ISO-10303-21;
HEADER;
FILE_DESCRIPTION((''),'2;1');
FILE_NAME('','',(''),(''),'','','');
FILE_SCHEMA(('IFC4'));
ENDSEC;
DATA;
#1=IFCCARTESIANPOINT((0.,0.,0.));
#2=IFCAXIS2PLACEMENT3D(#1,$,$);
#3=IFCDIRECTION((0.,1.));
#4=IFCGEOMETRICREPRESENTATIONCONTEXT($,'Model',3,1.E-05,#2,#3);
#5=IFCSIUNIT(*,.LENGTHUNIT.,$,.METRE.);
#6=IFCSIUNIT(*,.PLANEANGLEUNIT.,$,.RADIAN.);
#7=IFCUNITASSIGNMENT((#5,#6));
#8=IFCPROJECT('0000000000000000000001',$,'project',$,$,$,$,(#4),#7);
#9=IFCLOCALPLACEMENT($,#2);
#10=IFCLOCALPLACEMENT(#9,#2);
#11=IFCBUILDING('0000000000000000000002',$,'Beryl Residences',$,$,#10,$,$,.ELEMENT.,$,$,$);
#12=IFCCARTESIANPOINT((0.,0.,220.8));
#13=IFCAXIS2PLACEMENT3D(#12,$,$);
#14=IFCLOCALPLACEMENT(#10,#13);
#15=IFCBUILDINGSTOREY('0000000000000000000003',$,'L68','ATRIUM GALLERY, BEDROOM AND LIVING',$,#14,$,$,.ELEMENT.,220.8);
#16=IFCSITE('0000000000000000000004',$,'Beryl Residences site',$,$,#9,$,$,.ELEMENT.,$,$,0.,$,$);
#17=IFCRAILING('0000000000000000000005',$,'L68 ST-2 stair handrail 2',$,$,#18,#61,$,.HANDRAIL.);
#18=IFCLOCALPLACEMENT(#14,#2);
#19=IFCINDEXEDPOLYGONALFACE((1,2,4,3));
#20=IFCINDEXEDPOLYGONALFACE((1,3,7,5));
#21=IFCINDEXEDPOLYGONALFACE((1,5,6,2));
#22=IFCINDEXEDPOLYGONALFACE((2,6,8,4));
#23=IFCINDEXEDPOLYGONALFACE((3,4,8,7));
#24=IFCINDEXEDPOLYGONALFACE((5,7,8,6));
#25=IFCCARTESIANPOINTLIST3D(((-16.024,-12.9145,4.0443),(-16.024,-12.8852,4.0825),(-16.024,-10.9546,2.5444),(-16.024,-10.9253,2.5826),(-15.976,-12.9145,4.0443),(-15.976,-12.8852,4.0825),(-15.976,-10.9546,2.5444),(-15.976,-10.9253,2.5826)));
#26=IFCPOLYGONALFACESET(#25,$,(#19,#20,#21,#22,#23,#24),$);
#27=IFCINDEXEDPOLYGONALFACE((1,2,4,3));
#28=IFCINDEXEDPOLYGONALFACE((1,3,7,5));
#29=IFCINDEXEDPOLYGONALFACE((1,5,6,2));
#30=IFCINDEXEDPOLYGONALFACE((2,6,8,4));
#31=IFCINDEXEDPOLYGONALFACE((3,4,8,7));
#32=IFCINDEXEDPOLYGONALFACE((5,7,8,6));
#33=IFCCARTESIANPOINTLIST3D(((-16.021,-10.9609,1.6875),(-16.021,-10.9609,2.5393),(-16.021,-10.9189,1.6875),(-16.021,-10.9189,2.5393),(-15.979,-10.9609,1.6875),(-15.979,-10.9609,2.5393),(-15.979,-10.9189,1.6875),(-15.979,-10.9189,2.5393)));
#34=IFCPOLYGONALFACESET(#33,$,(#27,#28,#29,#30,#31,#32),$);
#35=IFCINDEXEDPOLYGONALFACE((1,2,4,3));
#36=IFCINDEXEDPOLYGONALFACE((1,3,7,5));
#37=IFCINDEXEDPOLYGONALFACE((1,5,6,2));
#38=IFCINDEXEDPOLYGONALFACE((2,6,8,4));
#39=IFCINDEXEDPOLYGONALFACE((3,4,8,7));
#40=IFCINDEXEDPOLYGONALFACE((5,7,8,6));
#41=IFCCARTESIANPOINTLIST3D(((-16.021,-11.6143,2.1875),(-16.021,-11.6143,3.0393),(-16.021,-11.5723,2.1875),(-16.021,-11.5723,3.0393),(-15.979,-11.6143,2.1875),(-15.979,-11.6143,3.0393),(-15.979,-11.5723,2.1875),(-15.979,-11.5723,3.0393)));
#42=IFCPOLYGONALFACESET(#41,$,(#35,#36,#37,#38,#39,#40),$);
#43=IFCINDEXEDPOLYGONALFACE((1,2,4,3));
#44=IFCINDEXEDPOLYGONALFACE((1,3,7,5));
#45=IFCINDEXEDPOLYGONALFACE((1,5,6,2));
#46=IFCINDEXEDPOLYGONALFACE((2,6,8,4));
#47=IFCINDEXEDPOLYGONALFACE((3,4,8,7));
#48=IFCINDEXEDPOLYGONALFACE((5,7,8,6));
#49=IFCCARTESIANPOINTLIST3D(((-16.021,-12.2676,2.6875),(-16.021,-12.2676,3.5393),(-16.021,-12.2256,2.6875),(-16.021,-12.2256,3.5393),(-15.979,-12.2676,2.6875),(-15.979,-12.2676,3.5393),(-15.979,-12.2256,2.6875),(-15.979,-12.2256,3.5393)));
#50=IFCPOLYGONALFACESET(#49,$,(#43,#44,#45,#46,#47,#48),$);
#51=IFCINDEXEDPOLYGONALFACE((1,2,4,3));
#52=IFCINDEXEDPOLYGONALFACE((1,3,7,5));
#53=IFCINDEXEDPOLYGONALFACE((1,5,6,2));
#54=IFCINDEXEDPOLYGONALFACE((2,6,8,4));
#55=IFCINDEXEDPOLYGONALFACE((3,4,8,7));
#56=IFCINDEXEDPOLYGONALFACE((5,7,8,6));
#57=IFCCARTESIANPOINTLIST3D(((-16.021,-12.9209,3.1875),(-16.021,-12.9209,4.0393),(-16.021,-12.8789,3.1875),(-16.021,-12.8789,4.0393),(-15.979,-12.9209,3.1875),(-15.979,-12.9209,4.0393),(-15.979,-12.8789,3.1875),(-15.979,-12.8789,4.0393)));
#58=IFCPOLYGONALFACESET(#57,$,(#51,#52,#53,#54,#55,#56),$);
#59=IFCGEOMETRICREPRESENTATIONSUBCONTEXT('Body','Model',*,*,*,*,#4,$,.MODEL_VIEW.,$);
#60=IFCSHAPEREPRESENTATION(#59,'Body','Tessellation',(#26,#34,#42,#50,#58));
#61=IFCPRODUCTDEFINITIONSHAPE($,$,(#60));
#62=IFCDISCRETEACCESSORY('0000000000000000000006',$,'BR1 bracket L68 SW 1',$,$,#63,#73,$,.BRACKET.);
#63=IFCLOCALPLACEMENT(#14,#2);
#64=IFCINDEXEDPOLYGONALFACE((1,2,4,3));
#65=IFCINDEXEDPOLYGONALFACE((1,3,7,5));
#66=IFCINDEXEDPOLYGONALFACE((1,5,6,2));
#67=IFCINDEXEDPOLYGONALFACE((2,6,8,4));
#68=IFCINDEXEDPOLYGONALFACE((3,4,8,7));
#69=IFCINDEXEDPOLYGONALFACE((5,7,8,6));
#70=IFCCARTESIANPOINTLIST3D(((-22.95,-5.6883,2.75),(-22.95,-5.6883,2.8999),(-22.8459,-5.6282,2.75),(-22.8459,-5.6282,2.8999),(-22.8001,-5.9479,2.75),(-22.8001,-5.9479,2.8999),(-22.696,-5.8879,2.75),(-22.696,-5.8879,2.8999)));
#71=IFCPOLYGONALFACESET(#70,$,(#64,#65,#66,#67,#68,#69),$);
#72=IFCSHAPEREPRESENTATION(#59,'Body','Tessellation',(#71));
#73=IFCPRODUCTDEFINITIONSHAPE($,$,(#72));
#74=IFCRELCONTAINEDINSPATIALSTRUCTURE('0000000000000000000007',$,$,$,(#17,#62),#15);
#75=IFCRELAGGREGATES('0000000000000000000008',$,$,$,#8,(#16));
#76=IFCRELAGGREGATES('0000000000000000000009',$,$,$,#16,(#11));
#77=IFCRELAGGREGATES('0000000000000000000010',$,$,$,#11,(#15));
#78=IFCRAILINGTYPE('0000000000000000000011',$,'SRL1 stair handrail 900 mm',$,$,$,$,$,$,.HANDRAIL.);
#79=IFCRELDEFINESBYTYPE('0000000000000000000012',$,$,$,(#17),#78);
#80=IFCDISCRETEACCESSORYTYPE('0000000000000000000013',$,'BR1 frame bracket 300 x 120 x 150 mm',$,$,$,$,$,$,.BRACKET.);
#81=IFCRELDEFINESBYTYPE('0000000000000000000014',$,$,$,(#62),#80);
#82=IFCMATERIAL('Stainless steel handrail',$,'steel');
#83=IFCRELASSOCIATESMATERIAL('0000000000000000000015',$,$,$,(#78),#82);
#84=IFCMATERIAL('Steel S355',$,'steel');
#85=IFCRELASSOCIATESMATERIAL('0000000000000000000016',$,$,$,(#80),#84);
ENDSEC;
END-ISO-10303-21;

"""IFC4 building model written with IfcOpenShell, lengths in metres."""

from ifc_helpers import new_model, si_unit, direction, frame, origin, origin_2d, place, context, subcontext, project, spatial, polyline, rectangle, outline, extrude, source, transform, mapped, material, type_object, type_shapes, element, save


model = new_model("IFC4")

# Units and contexts
model_context = context("Model", 3, precision=1e-05, world=origin(), true_north=direction((0.0, 1.0)))
body_context = subcontext(model_context, "Body", "Model", "MODEL_VIEW")
ifc_project = project(units=[si_unit("LENGTHUNIT", "METRE"), si_unit("PLANEANGLEUNIT", "RADIAN")], contexts=[model_context])

# Site, building, storey
site_placement = place(None, origin())
site = spatial("IfcSite", under=ifc_project, at=site_placement, Name="Beryl Residences site", CompositionType="ELEMENT", RefElevation=0.0)
building_placement = place(site_placement, origin())
building = spatial("IfcBuilding", under=site, at=building_placement, Name="Beryl Residences", CompositionType="ELEMENT")
storey_placement = place(building_placement, frame((0.0, 0.0, 220.8)))
storey = spatial("IfcBuildingStorey", under=building, at=storey_placement, Name="L68", Description="ATRIUM GALLERY, BEDROOM AND LIVING", CompositionType="ELEMENT", Elevation=220.8)

# Railing
ifc_material_1 = material(Name="Stainless steel handrail", Category="steel")
railing_type_1 = type_object("IfcRailingType", Name="SRL1 stair handrail 900 mm", PredefinedType="HANDRAIL", material=ifc_material_1)
railing_1_placement = place(storey_placement, frame((-16.0, -10.9399, 1.6875)))
element("IfcRailing", 1, at=railing_1_placement, inside=storey, type_object=railing_type_1, Name="L68 ST-2 stair handrail 2", PredefinedType="HANDRAIL", context=body_context, shape_type="SweptSolid", body=[
    extrude(rectangle(XDim=0.0481, YDim=0.0481, at=origin_2d()), frame((0.0, 0.0, 0.876), z_axis=(0.0, -0.794122, 0.607758), x_axis=(1.0, 0.0, 0.0)), (0.0, 0.0, 1.0), 2.468),
    extrude(rectangle(XDim=0.042, YDim=0.042, at=origin_2d()), origin(), (0.0, 0.0, 1.0), 0.8518),
    extrude(rectangle(XDim=0.042, YDim=0.042, at=origin_2d()), frame((0.0, -0.6533, 0.5)), (0.0, 0.0, 1.0), 0.8518),
    extrude(rectangle(XDim=0.042, YDim=0.042, at=origin_2d()), frame((0.0, -1.3066, 1.0)), (0.0, 0.0, 1.0), 0.8518),
    extrude(rectangle(XDim=0.042, YDim=0.042, at=origin_2d()), frame((0.0, -1.96, 1.5)), (0.0, 0.0, 1.0), 0.8518),
])

# Discrete accessory
ifc_material_2 = material(Name="Steel S355", Category="steel")
discrete_accessory_type = type_object("IfcDiscreteAccessoryType", Name="BR1 frame bracket 300 x 120 x 150 mm", PredefinedType="BRACKET", material=ifc_material_2)
shared_shape_1 = source(origin(), body_context, "Body", "SweptSolid", [
    extrude(outline(polyline([(-0.1499, 0.0), (0.1499, 0.0), (0.1499, 0.1201), (-0.1499, 0.1201), (-0.1499, 0.0)])), origin(), (0.0, 0.0, 1.0), 0.1499),
])
type_shapes(discrete_accessory_type, [shared_shape_1])
discrete_accessory_placement = place(storey_placement, frame((-22.771, -5.7581, 2.75), z_axis=(0.0, 0.0, 1.0), x_axis=(-0.5, 0.866025, 0.0)))
element("IfcDiscreteAccessory", 2, at=discrete_accessory_placement, inside=storey, type_object=discrete_accessory_type, Name="BR1 bracket L68 SW 1", PredefinedType="BRACKET", context=body_context, shape_type="MappedRepresentation", body=[
    mapped(shared_shape_1, transform((0.0, 0.0, 0.0))),
])

save(model, "model.ifc")
